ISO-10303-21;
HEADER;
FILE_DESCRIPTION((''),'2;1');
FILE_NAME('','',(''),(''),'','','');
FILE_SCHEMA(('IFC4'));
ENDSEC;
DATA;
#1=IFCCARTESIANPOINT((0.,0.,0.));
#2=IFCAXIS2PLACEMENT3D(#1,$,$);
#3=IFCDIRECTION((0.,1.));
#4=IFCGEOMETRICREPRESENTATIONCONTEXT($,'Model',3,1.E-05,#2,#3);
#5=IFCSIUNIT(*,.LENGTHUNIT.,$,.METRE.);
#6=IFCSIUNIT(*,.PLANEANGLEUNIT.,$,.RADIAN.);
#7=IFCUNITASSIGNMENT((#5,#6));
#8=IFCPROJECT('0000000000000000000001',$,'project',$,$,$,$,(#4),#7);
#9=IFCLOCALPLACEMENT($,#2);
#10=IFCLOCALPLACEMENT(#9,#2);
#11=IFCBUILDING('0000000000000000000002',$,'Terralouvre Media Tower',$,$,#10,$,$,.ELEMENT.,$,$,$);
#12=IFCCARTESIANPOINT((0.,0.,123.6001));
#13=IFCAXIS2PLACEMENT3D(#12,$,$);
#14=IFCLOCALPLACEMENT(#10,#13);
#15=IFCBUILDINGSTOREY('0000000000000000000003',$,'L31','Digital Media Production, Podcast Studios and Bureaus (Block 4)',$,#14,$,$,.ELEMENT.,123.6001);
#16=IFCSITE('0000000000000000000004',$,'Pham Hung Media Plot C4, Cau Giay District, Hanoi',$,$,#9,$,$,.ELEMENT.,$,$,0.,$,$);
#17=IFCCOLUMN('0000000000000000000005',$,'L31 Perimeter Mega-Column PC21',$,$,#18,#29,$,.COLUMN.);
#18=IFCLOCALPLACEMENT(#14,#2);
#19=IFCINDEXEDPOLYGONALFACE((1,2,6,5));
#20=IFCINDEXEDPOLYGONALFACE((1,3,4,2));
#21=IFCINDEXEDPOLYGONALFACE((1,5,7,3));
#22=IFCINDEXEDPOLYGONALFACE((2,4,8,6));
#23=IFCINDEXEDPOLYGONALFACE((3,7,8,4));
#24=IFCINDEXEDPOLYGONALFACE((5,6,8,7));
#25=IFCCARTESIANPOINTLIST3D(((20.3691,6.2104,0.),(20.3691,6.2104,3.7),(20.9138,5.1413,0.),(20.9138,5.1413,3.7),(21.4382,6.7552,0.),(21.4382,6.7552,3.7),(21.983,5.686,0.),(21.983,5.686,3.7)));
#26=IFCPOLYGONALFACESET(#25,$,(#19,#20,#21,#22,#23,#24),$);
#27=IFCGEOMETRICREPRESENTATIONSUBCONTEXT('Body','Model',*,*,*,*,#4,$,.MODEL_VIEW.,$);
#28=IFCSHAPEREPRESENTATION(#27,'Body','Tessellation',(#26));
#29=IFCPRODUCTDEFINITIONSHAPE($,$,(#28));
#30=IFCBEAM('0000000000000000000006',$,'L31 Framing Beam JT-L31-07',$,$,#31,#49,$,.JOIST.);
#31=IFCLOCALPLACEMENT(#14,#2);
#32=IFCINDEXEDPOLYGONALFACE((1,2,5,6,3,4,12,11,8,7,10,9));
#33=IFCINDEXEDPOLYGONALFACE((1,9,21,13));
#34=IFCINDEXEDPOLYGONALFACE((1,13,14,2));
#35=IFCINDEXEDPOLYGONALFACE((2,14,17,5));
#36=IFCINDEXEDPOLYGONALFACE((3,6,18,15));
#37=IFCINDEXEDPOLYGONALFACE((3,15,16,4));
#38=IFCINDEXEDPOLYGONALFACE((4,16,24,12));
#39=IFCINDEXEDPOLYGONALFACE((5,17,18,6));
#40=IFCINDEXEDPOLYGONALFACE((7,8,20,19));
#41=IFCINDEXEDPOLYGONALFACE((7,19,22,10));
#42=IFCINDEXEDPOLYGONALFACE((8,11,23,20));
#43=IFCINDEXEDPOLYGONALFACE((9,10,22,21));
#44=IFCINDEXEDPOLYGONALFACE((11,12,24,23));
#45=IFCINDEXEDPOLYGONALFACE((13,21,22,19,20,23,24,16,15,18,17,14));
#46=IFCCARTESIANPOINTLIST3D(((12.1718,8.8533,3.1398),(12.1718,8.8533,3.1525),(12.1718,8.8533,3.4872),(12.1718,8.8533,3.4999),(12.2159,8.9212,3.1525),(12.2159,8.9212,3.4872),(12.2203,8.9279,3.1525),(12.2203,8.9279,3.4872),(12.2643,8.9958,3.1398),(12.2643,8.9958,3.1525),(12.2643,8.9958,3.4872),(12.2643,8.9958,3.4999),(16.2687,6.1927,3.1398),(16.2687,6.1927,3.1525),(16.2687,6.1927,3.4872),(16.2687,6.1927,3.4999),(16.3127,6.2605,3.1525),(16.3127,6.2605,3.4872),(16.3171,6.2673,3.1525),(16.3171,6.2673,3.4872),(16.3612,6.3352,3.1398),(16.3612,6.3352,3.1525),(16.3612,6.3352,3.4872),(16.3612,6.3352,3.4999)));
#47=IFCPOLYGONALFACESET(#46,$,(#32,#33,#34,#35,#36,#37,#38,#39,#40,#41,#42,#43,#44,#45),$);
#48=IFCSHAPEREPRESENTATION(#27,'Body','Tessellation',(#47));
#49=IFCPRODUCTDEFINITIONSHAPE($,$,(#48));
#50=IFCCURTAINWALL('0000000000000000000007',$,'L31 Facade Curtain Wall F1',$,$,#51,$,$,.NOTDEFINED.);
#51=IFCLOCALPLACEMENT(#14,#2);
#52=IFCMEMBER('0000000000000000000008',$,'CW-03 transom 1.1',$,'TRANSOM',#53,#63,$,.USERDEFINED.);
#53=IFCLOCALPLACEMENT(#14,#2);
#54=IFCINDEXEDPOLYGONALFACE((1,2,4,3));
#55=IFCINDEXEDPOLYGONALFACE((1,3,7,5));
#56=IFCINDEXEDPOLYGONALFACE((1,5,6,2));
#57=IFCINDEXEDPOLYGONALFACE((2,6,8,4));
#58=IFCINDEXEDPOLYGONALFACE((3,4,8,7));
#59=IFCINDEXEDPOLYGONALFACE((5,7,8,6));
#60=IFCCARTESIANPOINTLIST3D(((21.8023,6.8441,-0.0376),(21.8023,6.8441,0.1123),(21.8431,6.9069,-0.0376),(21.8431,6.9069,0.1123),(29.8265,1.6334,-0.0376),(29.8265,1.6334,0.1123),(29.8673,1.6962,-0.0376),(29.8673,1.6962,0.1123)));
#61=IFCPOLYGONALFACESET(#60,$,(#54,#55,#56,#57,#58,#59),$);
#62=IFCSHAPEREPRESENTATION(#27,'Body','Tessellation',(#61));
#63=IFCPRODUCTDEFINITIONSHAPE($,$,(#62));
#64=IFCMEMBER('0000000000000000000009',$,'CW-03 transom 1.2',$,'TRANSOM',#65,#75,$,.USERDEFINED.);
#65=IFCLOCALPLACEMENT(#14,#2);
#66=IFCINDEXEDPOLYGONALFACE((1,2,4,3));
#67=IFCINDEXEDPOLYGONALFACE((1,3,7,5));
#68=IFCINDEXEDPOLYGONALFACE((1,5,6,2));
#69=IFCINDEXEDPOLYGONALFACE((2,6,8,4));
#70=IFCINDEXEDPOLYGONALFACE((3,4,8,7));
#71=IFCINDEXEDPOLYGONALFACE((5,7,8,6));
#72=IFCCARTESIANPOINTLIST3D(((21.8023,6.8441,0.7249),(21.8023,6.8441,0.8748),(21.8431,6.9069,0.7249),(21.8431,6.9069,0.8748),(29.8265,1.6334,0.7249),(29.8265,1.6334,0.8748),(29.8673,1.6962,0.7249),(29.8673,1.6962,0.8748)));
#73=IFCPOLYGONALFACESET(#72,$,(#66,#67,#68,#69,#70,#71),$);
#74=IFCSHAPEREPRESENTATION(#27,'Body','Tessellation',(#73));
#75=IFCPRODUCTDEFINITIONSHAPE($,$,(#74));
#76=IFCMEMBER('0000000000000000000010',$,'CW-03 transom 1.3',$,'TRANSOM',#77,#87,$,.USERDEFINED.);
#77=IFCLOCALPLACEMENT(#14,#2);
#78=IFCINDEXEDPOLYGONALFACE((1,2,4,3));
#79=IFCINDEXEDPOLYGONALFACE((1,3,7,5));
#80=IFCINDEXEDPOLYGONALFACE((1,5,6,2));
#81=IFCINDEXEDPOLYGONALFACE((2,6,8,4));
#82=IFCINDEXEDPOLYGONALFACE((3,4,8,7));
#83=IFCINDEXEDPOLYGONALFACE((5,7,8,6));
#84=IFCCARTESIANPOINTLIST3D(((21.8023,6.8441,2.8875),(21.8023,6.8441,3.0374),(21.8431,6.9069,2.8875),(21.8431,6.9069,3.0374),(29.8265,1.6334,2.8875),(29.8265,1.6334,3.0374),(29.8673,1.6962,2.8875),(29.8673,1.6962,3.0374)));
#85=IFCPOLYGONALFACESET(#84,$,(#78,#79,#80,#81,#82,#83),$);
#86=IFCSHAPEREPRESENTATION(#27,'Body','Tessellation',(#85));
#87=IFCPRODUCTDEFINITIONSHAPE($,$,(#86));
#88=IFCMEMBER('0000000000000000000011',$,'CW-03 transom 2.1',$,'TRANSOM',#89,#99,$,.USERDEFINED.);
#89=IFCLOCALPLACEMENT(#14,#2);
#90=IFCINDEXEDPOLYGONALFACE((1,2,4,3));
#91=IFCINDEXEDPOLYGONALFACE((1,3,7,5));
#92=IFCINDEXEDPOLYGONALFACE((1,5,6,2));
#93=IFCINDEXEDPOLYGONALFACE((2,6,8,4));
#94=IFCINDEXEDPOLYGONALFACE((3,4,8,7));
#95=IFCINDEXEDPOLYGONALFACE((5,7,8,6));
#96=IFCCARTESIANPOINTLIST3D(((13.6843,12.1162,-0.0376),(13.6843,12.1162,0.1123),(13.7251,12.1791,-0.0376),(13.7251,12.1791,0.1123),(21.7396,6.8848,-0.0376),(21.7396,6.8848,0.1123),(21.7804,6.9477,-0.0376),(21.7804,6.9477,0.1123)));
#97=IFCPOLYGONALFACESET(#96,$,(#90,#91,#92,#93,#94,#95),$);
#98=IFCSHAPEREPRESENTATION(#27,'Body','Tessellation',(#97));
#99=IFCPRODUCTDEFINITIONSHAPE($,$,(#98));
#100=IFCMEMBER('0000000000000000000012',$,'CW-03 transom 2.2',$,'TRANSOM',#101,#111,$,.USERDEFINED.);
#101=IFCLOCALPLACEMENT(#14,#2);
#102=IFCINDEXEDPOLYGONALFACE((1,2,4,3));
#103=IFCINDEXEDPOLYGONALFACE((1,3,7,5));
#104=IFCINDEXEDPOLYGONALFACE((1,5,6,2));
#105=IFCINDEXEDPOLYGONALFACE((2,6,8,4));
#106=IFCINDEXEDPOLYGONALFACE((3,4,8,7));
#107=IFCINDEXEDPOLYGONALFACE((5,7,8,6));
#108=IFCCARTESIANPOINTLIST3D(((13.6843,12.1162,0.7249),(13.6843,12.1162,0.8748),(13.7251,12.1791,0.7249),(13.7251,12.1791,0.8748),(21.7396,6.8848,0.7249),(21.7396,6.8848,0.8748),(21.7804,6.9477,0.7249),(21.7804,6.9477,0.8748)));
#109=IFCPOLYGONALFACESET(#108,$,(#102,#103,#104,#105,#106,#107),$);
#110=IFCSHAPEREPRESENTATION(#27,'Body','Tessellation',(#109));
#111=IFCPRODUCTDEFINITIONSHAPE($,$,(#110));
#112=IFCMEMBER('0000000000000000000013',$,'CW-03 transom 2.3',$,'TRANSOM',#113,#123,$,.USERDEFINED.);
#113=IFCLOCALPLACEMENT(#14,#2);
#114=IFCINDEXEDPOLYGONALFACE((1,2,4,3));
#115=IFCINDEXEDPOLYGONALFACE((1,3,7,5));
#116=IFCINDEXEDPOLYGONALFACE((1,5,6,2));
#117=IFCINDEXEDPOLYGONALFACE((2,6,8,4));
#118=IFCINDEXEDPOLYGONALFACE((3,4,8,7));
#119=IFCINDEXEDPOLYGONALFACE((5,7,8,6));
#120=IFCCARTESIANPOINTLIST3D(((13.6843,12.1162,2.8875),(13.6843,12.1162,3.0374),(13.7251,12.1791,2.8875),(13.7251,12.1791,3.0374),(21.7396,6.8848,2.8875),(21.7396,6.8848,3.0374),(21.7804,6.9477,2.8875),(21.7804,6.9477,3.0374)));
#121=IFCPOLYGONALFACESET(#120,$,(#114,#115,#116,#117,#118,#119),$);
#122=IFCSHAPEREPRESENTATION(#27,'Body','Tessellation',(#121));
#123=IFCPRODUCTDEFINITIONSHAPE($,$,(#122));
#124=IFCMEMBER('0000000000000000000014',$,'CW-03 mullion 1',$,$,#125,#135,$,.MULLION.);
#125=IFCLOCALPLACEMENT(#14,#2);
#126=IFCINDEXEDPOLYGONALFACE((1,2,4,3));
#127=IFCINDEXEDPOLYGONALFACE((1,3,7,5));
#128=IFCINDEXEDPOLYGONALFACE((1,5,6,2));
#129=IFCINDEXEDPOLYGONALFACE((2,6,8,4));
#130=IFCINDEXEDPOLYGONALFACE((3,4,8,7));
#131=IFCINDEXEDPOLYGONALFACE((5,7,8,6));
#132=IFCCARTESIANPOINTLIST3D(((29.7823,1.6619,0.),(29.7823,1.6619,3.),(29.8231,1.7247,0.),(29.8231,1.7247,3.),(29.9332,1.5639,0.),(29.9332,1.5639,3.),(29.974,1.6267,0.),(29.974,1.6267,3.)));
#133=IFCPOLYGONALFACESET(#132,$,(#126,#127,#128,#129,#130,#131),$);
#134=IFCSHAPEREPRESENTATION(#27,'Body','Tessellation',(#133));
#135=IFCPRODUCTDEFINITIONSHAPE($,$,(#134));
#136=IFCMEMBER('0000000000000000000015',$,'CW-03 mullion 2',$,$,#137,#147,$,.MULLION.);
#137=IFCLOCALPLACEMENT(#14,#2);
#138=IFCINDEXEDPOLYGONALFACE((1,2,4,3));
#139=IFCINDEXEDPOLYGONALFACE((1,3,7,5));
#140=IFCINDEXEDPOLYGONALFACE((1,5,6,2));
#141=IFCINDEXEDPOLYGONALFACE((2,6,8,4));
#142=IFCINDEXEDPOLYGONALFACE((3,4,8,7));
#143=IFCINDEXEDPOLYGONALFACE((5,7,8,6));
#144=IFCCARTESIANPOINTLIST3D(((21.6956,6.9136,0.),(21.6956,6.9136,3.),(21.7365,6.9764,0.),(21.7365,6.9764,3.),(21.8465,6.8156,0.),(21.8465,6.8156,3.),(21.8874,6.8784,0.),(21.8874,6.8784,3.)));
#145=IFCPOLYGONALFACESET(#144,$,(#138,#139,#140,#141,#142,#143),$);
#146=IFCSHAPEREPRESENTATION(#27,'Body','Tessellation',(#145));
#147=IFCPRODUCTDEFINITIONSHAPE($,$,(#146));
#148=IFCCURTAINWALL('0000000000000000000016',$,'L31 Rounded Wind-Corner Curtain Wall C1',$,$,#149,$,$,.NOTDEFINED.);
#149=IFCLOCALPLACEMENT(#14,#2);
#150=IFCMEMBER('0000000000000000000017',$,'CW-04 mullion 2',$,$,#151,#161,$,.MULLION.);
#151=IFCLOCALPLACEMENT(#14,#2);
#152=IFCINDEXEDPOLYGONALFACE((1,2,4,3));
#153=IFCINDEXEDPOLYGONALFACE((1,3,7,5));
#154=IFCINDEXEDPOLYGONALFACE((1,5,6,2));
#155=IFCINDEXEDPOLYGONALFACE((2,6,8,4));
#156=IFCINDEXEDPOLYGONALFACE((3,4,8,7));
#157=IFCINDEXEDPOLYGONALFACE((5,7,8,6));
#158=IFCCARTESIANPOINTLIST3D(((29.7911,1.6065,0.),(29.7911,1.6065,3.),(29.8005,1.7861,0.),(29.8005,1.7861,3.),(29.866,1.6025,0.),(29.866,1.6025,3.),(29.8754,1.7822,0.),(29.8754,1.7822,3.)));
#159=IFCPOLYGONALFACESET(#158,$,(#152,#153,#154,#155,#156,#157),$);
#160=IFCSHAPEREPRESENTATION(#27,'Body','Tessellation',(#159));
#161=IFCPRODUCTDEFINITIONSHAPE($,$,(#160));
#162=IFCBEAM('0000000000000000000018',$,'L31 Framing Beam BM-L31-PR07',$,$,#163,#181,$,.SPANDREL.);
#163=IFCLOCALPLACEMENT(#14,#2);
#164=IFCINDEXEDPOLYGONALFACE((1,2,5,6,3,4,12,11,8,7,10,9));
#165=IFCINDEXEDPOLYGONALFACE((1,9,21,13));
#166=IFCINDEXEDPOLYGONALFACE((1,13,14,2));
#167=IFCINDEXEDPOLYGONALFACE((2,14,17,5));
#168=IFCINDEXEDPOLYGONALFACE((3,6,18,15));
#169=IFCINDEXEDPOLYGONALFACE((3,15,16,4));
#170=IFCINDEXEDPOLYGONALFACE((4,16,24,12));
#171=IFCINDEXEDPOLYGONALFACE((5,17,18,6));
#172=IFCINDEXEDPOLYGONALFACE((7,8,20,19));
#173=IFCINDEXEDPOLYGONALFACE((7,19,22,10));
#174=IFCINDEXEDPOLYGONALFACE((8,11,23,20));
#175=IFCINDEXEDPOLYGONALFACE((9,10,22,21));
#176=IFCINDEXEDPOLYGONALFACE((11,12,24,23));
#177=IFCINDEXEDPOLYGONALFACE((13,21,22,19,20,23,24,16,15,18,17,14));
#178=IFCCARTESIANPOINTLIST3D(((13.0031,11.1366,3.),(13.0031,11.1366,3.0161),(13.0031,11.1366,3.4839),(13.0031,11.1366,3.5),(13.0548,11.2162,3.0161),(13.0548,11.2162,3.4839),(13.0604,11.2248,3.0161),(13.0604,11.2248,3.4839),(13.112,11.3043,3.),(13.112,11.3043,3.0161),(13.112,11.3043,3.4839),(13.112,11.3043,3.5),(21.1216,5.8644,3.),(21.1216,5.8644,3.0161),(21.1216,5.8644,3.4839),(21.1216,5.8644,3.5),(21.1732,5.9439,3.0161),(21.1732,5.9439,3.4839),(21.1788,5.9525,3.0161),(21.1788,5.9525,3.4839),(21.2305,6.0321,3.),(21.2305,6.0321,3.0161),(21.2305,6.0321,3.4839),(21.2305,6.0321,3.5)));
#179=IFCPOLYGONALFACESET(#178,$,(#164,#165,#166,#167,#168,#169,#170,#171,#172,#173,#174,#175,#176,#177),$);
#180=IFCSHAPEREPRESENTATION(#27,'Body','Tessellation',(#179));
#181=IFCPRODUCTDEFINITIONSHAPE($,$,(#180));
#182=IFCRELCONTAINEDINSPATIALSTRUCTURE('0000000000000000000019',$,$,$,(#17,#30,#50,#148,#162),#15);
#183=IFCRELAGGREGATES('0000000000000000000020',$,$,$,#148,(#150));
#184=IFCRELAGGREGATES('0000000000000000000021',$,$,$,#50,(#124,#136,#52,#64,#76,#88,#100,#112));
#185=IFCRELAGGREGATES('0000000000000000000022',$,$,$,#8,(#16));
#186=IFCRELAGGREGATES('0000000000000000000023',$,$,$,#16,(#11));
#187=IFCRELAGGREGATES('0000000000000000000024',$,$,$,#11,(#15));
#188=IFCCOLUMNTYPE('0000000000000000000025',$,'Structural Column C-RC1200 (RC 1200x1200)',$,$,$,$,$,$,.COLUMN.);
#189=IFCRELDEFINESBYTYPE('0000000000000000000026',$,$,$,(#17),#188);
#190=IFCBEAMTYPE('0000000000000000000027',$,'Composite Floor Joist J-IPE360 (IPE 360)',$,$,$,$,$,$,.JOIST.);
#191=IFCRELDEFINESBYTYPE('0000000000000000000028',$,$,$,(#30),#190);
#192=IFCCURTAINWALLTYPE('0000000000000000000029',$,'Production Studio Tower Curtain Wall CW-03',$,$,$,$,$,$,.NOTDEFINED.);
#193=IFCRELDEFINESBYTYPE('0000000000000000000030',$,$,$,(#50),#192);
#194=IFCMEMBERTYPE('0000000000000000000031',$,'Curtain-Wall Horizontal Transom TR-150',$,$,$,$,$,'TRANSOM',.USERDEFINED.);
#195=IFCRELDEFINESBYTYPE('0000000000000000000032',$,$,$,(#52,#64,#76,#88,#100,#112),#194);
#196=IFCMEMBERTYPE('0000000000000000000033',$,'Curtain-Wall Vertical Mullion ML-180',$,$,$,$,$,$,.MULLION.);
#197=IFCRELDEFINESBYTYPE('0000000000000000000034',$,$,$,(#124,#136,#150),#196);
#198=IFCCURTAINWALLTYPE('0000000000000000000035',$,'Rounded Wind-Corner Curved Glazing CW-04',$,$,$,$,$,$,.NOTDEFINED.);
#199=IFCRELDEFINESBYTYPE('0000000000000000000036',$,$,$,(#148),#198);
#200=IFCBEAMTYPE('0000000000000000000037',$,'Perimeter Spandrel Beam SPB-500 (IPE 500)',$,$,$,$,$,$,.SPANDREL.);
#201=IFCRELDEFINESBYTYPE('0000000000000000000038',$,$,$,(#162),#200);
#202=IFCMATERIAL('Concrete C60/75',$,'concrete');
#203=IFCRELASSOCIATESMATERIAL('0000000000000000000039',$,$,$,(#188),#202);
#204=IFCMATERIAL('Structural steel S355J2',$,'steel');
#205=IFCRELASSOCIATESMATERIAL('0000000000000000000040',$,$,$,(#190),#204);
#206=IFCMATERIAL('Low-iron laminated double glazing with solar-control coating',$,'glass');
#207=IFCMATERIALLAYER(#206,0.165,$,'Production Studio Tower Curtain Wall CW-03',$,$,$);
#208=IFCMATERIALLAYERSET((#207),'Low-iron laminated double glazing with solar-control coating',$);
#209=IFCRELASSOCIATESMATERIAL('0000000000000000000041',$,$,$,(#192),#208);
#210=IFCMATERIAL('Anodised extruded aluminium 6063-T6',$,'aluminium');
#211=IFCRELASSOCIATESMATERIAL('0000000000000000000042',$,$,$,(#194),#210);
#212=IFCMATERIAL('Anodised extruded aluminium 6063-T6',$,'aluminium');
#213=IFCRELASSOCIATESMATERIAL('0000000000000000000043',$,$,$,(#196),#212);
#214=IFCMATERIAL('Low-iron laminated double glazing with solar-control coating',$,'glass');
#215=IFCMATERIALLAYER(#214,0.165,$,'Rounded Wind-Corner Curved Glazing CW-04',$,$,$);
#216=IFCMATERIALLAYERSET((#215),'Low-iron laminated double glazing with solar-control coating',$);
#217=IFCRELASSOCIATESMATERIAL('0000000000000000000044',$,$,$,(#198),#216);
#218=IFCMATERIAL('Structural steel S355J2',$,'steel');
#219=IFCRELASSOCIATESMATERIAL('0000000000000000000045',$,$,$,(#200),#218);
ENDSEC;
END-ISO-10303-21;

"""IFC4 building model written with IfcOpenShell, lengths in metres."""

from ifc_helpers import new_model, si_unit, direction, frame, origin, origin_2d, place, context, subcontext, project, spatial, rectangle, i_section, extrude, material, layer, layer_set, material_profile, profile_set, type_object, element, aggregate, save


model = new_model("IFC4")

# Units and contexts
model_context = context("Model", 3, precision=1e-05, world=origin(), true_north=direction((0.0, 1.0)))
body_context = subcontext(model_context, "Body", "Model", "MODEL_VIEW")
ifc_project = project(units=[si_unit("LENGTHUNIT", "METRE"), si_unit("PLANEANGLEUNIT", "RADIAN")], contexts=[model_context])

# Site, building, storey
site_placement = place(None, origin())
site = spatial("IfcSite", under=ifc_project, at=site_placement, Name="Pham Hung Media Plot C4, Cau Giay District, Hanoi", CompositionType="ELEMENT", RefElevation=0.0)
building_placement = place(site_placement, origin())
building = spatial("IfcBuilding", under=site, at=building_placement, Name="Terralouvre Media Tower", CompositionType="ELEMENT")
storey_placement = place(building_placement, frame((0.0, 0.0, 123.6001)))
storey = spatial("IfcBuildingStorey", under=building, at=storey_placement, Name="L31", Description="Digital Media Production, Podcast Studios and Bureaus (Block 4)", CompositionType="ELEMENT", Elevation=123.6001)

# Column
ifc_material_1 = material(Name="Concrete C60/75", Category="concrete")
ifc_material_profile_1 = material_profile(ifc_material_1, rectangle(XDim=1.2, YDim=1.2, at=origin_2d()), Name="RC 1200x1200")
ifc_profile_set_1 = profile_set([ifc_material_profile_1], Name="Concrete C60/75")
column_type = type_object("IfcColumnType", Name="Structural Column C-RC1200 (RC 1200x1200)", PredefinedType="COLUMN", material=ifc_profile_set_1)
column_placement = place(storey_placement, frame((21.176, 5.9482, 0.0), z_axis=(0.0, 0.0, 1.0), x_axis=(0.891007, 0.45399, 0.0)))
element("IfcColumn", 1, at=column_placement, inside=storey, type_object=column_type, Name="L31 Perimeter Mega-Column PC21", PredefinedType="COLUMN", context=body_context, shape_type="SweptSolid", body=[
    extrude(rectangle(XDim=1.2, YDim=1.2, at=origin_2d()), origin(), (0.0, 0.0, 1.0), 3.7),
])

# Beam
ifc_material_2 = material(Name="Structural steel S355J2", Category="steel")
ifc_material_profile_2 = material_profile(ifc_material_2, i_section(OverallWidth=0.1699, OverallDepth=0.3601, WebThickness=0.0081, FlangeThickness=0.0127, at=origin_2d()), Name="IPE 360")
ifc_profile_set_2 = profile_set([ifc_material_profile_2], Name="Structural steel S355J2")
beam_type_1 = type_object("IfcBeamType", Name="Composite Floor Joist J-IPE360 (IPE 360)", PredefinedType="JOIST", material=ifc_profile_set_2)
beam_1_placement = place(storey_placement, frame((16.3149, 6.2639, 3.3198), z_axis=(-0.838664, 0.544649, 0.0), x_axis=(-0.544649, -0.838664, 0.0)))
element("IfcBeam", 2, at=beam_1_placement, inside=storey, type_object=beam_type_1, Name="L31 Framing Beam JT-L31-07", PredefinedType="JOIST", context=body_context, shape_type="SweptSolid", body=[
    extrude(i_section(OverallWidth=0.1699, OverallDepth=0.3601, WebThickness=0.0081, FlangeThickness=0.0127, at=origin_2d()), origin(), (0.0, 0.0, 1.0), 4.885),
])

# Curtain wall, members
ifc_material_3 = material(Name="Low-iron laminated double glazing with solar-control coating", Category="glass")
ifc_layer_1 = layer(ifc_material_3, 0.165, Name="Production Studio Tower Curtain Wall CW-03")
ifc_layer_set_1 = layer_set([ifc_layer_1], Name="Low-iron laminated double glazing with solar-control coating")
curtain_wall_type_1 = type_object("IfcCurtainWallType", Name="Production Studio Tower Curtain Wall CW-03", PredefinedType="NOTDEFINED", material=ifc_layer_set_1)
curtain_wall_1_placement = place(storey_placement, origin())
curtain_wall_1 = element("IfcCurtainWall", 3, at=curtain_wall_1_placement, inside=storey, type_object=curtain_wall_type_1, Name="L31 Facade Curtain Wall F1", PredefinedType="NOTDEFINED")
ifc_material_4 = material(Name="Anodised extruded aluminium 6063-T6", Category="aluminium")
ifc_material_profile_3 = material_profile(ifc_material_4, rectangle(XDim=0.075, YDim=0.1499, at=origin_2d()), Name="ALU 75x150")
ifc_profile_set_3 = profile_set([ifc_material_profile_3], Name="Anodised extruded aluminium 6063-T6")
member_type_1 = type_object("IfcMemberType", Name="Curtain-Wall Horizontal Transom TR-150", ElementType="TRANSOM", PredefinedType="USERDEFINED", material=ifc_profile_set_3)
member_1_placement = place(storey_placement, frame((29.8469, 1.6648, 0.0374), z_axis=(-0.838683, 0.54462, 0.0), x_axis=(-0.54462, -0.838683, 0.0)))
member_1 = element("IfcMember", 4, at=member_1_placement, type_object=member_type_1, Name="CW-03 transom 1.1", ObjectType="TRANSOM", PredefinedType="USERDEFINED", context=body_context, shape_type="SweptSolid", body=[
    extrude(rectangle(XDim=0.075, YDim=0.1499, at=origin_2d()), origin(), (0.0, 0.0, 1.0), 9.5676),
])
member_2_placement = place(storey_placement, frame((29.8469, 1.6648, 0.7998), z_axis=(-0.838683, 0.54462, 0.0), x_axis=(-0.54462, -0.838683, 0.0)))
member_2 = element("IfcMember", 5, at=member_2_placement, type_object=member_type_1, Name="CW-03 transom 1.2", ObjectType="TRANSOM", PredefinedType="USERDEFINED", context=body_context, shape_type="SweptSolid", body=[
    extrude(rectangle(XDim=0.075, YDim=0.1499, at=origin_2d()), origin(), (0.0, 0.0, 1.0), 9.5676),
])
member_3_placement = place(storey_placement, frame((29.8469, 1.6648, 2.9624), z_axis=(-0.838683, 0.54462, 0.0), x_axis=(-0.54462, -0.838683, 0.0)))
member_3 = element("IfcMember", 6, at=member_3_placement, type_object=member_type_1, Name="CW-03 transom 1.3", ObjectType="TRANSOM", PredefinedType="USERDEFINED", context=body_context, shape_type="SweptSolid", body=[
    extrude(rectangle(XDim=0.075, YDim=0.1499, at=origin_2d()), origin(), (0.0, 0.0, 1.0), 9.5676),
])
member_4_placement = place(storey_placement, frame((21.76, 6.9163, 0.0374), z_axis=(-0.838661, 0.544653, 0.0), x_axis=(-0.544653, -0.838661, 0.0)))
member_4 = element("IfcMember", 7, at=member_4_placement, type_object=member_type_1, Name="CW-03 transom 2.1", ObjectType="TRANSOM", PredefinedType="USERDEFINED", context=body_context, shape_type="SweptSolid", body=[
    extrude(rectangle(XDim=0.075, YDim=0.1499, at=origin_2d()), origin(), (0.0, 0.0, 1.0), 9.605),
])
member_5_placement = place(storey_placement, frame((21.76, 6.9163, 0.7998), z_axis=(-0.838661, 0.544653, 0.0), x_axis=(-0.544653, -0.838661, 0.0)))
member_5 = element("IfcMember", 8, at=member_5_placement, type_object=member_type_1, Name="CW-03 transom 2.2", ObjectType="TRANSOM", PredefinedType="USERDEFINED", context=body_context, shape_type="SweptSolid", body=[
    extrude(rectangle(XDim=0.075, YDim=0.1499, at=origin_2d()), origin(), (0.0, 0.0, 1.0), 9.605),
])
member_6_placement = place(storey_placement, frame((21.76, 6.9163, 2.9624), z_axis=(-0.838661, 0.544653, 0.0), x_axis=(-0.544653, -0.838661, 0.0)))
member_6 = element("IfcMember", 9, at=member_6_placement, type_object=member_type_1, Name="CW-03 transom 2.3", ObjectType="TRANSOM", PredefinedType="USERDEFINED", context=body_context, shape_type="SweptSolid", body=[
    extrude(rectangle(XDim=0.075, YDim=0.1499, at=origin_2d()), origin(), (0.0, 0.0, 1.0), 9.605),
])
ifc_material_5 = material(Name="Anodised extruded aluminium 6063-T6", Category="aluminium")
ifc_material_profile_4 = material_profile(ifc_material_5, rectangle(XDim=0.075, YDim=0.1799, at=origin_2d()), Name="ALU 75x180")
ifc_profile_set_4 = profile_set([ifc_material_profile_4], Name="Anodised extruded aluminium 6063-T6")
member_type_2 = type_object("IfcMemberType", Name="Curtain-Wall Vertical Mullion ML-180", PredefinedType="MULLION", material=ifc_profile_set_4)
member_7_placement = place(storey_placement, frame((29.8782, 1.6443, 0.0), z_axis=(0.0, 0.0, 1.0), x_axis=(-0.544639, -0.838671, 0.0)))
member_7 = element("IfcMember", 10, at=member_7_placement, type_object=member_type_2, Name="CW-03 mullion 1", PredefinedType="MULLION", context=body_context, shape_type="SweptSolid", body=[
    extrude(rectangle(XDim=0.075, YDim=0.1799, at=origin_2d()), origin(), (0.0, 0.0, 1.0), 3.0),
])
member_8_placement = place(storey_placement, frame((21.7915, 6.896, 0.0), z_axis=(0.0, 0.0, 1.0), x_axis=(-0.544639, -0.838671, 0.0)))
member_8 = element("IfcMember", 11, at=member_8_placement, type_object=member_type_2, Name="CW-03 mullion 2", PredefinedType="MULLION", context=body_context, shape_type="SweptSolid", body=[
    extrude(rectangle(XDim=0.075, YDim=0.1799, at=origin_2d()), origin(), (0.0, 0.0, 1.0), 3.0),
])

# Curtain wall, member
ifc_material_6 = material(Name="Low-iron laminated double glazing with solar-control coating", Category="glass")
ifc_layer_2 = layer(ifc_material_6, 0.165, Name="Rounded Wind-Corner Curved Glazing CW-04")
ifc_layer_set_2 = layer_set([ifc_layer_2], Name="Low-iron laminated double glazing with solar-control coating")
curtain_wall_type_2 = type_object("IfcCurtainWallType", Name="Rounded Wind-Corner Curved Glazing CW-04", PredefinedType="NOTDEFINED", material=ifc_layer_set_2)
curtain_wall_2_placement = place(storey_placement, origin())
curtain_wall_2 = element("IfcCurtainWall", 12, at=curtain_wall_2_placement, inside=storey, type_object=curtain_wall_type_2, Name="L31 Rounded Wind-Corner Curtain Wall C1", PredefinedType="NOTDEFINED")
member_9_placement = place(storey_placement, frame((29.8333, 1.6943, 0.0), z_axis=(0.0, 0.0, 1.0), x_axis=(-0.998629, 0.052337, 0.0)))
member_9 = element("IfcMember", 13, at=member_9_placement, type_object=member_type_2, Name="CW-04 mullion 2", PredefinedType="MULLION", context=body_context, shape_type="SweptSolid", body=[
    extrude(rectangle(XDim=0.075, YDim=0.1799, at=origin_2d()), origin(), (0.0, 0.0, 1.0), 3.0),
])
aggregate(curtain_wall_2, [member_9])

# Beam
ifc_material_7 = material(Name="Structural steel S355J2", Category="steel")
ifc_material_profile_5 = material_profile(ifc_material_7, i_section(OverallWidth=0.2, OverallDepth=0.5, WebThickness=0.0103, FlangeThickness=0.0161, at=origin_2d()), Name="IPE 500")
ifc_profile_set_5 = profile_set([ifc_material_profile_5], Name="Structural steel S355J2")
beam_type_2 = type_object("IfcBeamType", Name="Perimeter Spandrel Beam SPB-500 (IPE 500)", PredefinedType="SPANDREL", material=ifc_profile_set_5)
beam_2_placement = place(storey_placement, frame((21.176, 5.9482, 3.25), z_axis=(-0.838668, 0.544643, 0.0), x_axis=(-0.544643, -0.838668, 0.0)))
element("IfcBeam", 14, at=beam_2_placement, inside=storey, type_object=beam_type_2, Name="L31 Framing Beam BM-L31-PR07", PredefinedType="SPANDREL", context=body_context, shape_type="SweptSolid", body=[
    extrude(i_section(OverallWidth=0.2, OverallDepth=0.5, WebThickness=0.0103, FlangeThickness=0.0161, at=origin_2d()), origin(), (0.0, 0.0, 1.0), 9.6802),
])

aggregate(curtain_wall_1, [member_7, member_8, member_1, member_2, member_3, member_4, member_5, member_6])

save(model, "model.ifc")
